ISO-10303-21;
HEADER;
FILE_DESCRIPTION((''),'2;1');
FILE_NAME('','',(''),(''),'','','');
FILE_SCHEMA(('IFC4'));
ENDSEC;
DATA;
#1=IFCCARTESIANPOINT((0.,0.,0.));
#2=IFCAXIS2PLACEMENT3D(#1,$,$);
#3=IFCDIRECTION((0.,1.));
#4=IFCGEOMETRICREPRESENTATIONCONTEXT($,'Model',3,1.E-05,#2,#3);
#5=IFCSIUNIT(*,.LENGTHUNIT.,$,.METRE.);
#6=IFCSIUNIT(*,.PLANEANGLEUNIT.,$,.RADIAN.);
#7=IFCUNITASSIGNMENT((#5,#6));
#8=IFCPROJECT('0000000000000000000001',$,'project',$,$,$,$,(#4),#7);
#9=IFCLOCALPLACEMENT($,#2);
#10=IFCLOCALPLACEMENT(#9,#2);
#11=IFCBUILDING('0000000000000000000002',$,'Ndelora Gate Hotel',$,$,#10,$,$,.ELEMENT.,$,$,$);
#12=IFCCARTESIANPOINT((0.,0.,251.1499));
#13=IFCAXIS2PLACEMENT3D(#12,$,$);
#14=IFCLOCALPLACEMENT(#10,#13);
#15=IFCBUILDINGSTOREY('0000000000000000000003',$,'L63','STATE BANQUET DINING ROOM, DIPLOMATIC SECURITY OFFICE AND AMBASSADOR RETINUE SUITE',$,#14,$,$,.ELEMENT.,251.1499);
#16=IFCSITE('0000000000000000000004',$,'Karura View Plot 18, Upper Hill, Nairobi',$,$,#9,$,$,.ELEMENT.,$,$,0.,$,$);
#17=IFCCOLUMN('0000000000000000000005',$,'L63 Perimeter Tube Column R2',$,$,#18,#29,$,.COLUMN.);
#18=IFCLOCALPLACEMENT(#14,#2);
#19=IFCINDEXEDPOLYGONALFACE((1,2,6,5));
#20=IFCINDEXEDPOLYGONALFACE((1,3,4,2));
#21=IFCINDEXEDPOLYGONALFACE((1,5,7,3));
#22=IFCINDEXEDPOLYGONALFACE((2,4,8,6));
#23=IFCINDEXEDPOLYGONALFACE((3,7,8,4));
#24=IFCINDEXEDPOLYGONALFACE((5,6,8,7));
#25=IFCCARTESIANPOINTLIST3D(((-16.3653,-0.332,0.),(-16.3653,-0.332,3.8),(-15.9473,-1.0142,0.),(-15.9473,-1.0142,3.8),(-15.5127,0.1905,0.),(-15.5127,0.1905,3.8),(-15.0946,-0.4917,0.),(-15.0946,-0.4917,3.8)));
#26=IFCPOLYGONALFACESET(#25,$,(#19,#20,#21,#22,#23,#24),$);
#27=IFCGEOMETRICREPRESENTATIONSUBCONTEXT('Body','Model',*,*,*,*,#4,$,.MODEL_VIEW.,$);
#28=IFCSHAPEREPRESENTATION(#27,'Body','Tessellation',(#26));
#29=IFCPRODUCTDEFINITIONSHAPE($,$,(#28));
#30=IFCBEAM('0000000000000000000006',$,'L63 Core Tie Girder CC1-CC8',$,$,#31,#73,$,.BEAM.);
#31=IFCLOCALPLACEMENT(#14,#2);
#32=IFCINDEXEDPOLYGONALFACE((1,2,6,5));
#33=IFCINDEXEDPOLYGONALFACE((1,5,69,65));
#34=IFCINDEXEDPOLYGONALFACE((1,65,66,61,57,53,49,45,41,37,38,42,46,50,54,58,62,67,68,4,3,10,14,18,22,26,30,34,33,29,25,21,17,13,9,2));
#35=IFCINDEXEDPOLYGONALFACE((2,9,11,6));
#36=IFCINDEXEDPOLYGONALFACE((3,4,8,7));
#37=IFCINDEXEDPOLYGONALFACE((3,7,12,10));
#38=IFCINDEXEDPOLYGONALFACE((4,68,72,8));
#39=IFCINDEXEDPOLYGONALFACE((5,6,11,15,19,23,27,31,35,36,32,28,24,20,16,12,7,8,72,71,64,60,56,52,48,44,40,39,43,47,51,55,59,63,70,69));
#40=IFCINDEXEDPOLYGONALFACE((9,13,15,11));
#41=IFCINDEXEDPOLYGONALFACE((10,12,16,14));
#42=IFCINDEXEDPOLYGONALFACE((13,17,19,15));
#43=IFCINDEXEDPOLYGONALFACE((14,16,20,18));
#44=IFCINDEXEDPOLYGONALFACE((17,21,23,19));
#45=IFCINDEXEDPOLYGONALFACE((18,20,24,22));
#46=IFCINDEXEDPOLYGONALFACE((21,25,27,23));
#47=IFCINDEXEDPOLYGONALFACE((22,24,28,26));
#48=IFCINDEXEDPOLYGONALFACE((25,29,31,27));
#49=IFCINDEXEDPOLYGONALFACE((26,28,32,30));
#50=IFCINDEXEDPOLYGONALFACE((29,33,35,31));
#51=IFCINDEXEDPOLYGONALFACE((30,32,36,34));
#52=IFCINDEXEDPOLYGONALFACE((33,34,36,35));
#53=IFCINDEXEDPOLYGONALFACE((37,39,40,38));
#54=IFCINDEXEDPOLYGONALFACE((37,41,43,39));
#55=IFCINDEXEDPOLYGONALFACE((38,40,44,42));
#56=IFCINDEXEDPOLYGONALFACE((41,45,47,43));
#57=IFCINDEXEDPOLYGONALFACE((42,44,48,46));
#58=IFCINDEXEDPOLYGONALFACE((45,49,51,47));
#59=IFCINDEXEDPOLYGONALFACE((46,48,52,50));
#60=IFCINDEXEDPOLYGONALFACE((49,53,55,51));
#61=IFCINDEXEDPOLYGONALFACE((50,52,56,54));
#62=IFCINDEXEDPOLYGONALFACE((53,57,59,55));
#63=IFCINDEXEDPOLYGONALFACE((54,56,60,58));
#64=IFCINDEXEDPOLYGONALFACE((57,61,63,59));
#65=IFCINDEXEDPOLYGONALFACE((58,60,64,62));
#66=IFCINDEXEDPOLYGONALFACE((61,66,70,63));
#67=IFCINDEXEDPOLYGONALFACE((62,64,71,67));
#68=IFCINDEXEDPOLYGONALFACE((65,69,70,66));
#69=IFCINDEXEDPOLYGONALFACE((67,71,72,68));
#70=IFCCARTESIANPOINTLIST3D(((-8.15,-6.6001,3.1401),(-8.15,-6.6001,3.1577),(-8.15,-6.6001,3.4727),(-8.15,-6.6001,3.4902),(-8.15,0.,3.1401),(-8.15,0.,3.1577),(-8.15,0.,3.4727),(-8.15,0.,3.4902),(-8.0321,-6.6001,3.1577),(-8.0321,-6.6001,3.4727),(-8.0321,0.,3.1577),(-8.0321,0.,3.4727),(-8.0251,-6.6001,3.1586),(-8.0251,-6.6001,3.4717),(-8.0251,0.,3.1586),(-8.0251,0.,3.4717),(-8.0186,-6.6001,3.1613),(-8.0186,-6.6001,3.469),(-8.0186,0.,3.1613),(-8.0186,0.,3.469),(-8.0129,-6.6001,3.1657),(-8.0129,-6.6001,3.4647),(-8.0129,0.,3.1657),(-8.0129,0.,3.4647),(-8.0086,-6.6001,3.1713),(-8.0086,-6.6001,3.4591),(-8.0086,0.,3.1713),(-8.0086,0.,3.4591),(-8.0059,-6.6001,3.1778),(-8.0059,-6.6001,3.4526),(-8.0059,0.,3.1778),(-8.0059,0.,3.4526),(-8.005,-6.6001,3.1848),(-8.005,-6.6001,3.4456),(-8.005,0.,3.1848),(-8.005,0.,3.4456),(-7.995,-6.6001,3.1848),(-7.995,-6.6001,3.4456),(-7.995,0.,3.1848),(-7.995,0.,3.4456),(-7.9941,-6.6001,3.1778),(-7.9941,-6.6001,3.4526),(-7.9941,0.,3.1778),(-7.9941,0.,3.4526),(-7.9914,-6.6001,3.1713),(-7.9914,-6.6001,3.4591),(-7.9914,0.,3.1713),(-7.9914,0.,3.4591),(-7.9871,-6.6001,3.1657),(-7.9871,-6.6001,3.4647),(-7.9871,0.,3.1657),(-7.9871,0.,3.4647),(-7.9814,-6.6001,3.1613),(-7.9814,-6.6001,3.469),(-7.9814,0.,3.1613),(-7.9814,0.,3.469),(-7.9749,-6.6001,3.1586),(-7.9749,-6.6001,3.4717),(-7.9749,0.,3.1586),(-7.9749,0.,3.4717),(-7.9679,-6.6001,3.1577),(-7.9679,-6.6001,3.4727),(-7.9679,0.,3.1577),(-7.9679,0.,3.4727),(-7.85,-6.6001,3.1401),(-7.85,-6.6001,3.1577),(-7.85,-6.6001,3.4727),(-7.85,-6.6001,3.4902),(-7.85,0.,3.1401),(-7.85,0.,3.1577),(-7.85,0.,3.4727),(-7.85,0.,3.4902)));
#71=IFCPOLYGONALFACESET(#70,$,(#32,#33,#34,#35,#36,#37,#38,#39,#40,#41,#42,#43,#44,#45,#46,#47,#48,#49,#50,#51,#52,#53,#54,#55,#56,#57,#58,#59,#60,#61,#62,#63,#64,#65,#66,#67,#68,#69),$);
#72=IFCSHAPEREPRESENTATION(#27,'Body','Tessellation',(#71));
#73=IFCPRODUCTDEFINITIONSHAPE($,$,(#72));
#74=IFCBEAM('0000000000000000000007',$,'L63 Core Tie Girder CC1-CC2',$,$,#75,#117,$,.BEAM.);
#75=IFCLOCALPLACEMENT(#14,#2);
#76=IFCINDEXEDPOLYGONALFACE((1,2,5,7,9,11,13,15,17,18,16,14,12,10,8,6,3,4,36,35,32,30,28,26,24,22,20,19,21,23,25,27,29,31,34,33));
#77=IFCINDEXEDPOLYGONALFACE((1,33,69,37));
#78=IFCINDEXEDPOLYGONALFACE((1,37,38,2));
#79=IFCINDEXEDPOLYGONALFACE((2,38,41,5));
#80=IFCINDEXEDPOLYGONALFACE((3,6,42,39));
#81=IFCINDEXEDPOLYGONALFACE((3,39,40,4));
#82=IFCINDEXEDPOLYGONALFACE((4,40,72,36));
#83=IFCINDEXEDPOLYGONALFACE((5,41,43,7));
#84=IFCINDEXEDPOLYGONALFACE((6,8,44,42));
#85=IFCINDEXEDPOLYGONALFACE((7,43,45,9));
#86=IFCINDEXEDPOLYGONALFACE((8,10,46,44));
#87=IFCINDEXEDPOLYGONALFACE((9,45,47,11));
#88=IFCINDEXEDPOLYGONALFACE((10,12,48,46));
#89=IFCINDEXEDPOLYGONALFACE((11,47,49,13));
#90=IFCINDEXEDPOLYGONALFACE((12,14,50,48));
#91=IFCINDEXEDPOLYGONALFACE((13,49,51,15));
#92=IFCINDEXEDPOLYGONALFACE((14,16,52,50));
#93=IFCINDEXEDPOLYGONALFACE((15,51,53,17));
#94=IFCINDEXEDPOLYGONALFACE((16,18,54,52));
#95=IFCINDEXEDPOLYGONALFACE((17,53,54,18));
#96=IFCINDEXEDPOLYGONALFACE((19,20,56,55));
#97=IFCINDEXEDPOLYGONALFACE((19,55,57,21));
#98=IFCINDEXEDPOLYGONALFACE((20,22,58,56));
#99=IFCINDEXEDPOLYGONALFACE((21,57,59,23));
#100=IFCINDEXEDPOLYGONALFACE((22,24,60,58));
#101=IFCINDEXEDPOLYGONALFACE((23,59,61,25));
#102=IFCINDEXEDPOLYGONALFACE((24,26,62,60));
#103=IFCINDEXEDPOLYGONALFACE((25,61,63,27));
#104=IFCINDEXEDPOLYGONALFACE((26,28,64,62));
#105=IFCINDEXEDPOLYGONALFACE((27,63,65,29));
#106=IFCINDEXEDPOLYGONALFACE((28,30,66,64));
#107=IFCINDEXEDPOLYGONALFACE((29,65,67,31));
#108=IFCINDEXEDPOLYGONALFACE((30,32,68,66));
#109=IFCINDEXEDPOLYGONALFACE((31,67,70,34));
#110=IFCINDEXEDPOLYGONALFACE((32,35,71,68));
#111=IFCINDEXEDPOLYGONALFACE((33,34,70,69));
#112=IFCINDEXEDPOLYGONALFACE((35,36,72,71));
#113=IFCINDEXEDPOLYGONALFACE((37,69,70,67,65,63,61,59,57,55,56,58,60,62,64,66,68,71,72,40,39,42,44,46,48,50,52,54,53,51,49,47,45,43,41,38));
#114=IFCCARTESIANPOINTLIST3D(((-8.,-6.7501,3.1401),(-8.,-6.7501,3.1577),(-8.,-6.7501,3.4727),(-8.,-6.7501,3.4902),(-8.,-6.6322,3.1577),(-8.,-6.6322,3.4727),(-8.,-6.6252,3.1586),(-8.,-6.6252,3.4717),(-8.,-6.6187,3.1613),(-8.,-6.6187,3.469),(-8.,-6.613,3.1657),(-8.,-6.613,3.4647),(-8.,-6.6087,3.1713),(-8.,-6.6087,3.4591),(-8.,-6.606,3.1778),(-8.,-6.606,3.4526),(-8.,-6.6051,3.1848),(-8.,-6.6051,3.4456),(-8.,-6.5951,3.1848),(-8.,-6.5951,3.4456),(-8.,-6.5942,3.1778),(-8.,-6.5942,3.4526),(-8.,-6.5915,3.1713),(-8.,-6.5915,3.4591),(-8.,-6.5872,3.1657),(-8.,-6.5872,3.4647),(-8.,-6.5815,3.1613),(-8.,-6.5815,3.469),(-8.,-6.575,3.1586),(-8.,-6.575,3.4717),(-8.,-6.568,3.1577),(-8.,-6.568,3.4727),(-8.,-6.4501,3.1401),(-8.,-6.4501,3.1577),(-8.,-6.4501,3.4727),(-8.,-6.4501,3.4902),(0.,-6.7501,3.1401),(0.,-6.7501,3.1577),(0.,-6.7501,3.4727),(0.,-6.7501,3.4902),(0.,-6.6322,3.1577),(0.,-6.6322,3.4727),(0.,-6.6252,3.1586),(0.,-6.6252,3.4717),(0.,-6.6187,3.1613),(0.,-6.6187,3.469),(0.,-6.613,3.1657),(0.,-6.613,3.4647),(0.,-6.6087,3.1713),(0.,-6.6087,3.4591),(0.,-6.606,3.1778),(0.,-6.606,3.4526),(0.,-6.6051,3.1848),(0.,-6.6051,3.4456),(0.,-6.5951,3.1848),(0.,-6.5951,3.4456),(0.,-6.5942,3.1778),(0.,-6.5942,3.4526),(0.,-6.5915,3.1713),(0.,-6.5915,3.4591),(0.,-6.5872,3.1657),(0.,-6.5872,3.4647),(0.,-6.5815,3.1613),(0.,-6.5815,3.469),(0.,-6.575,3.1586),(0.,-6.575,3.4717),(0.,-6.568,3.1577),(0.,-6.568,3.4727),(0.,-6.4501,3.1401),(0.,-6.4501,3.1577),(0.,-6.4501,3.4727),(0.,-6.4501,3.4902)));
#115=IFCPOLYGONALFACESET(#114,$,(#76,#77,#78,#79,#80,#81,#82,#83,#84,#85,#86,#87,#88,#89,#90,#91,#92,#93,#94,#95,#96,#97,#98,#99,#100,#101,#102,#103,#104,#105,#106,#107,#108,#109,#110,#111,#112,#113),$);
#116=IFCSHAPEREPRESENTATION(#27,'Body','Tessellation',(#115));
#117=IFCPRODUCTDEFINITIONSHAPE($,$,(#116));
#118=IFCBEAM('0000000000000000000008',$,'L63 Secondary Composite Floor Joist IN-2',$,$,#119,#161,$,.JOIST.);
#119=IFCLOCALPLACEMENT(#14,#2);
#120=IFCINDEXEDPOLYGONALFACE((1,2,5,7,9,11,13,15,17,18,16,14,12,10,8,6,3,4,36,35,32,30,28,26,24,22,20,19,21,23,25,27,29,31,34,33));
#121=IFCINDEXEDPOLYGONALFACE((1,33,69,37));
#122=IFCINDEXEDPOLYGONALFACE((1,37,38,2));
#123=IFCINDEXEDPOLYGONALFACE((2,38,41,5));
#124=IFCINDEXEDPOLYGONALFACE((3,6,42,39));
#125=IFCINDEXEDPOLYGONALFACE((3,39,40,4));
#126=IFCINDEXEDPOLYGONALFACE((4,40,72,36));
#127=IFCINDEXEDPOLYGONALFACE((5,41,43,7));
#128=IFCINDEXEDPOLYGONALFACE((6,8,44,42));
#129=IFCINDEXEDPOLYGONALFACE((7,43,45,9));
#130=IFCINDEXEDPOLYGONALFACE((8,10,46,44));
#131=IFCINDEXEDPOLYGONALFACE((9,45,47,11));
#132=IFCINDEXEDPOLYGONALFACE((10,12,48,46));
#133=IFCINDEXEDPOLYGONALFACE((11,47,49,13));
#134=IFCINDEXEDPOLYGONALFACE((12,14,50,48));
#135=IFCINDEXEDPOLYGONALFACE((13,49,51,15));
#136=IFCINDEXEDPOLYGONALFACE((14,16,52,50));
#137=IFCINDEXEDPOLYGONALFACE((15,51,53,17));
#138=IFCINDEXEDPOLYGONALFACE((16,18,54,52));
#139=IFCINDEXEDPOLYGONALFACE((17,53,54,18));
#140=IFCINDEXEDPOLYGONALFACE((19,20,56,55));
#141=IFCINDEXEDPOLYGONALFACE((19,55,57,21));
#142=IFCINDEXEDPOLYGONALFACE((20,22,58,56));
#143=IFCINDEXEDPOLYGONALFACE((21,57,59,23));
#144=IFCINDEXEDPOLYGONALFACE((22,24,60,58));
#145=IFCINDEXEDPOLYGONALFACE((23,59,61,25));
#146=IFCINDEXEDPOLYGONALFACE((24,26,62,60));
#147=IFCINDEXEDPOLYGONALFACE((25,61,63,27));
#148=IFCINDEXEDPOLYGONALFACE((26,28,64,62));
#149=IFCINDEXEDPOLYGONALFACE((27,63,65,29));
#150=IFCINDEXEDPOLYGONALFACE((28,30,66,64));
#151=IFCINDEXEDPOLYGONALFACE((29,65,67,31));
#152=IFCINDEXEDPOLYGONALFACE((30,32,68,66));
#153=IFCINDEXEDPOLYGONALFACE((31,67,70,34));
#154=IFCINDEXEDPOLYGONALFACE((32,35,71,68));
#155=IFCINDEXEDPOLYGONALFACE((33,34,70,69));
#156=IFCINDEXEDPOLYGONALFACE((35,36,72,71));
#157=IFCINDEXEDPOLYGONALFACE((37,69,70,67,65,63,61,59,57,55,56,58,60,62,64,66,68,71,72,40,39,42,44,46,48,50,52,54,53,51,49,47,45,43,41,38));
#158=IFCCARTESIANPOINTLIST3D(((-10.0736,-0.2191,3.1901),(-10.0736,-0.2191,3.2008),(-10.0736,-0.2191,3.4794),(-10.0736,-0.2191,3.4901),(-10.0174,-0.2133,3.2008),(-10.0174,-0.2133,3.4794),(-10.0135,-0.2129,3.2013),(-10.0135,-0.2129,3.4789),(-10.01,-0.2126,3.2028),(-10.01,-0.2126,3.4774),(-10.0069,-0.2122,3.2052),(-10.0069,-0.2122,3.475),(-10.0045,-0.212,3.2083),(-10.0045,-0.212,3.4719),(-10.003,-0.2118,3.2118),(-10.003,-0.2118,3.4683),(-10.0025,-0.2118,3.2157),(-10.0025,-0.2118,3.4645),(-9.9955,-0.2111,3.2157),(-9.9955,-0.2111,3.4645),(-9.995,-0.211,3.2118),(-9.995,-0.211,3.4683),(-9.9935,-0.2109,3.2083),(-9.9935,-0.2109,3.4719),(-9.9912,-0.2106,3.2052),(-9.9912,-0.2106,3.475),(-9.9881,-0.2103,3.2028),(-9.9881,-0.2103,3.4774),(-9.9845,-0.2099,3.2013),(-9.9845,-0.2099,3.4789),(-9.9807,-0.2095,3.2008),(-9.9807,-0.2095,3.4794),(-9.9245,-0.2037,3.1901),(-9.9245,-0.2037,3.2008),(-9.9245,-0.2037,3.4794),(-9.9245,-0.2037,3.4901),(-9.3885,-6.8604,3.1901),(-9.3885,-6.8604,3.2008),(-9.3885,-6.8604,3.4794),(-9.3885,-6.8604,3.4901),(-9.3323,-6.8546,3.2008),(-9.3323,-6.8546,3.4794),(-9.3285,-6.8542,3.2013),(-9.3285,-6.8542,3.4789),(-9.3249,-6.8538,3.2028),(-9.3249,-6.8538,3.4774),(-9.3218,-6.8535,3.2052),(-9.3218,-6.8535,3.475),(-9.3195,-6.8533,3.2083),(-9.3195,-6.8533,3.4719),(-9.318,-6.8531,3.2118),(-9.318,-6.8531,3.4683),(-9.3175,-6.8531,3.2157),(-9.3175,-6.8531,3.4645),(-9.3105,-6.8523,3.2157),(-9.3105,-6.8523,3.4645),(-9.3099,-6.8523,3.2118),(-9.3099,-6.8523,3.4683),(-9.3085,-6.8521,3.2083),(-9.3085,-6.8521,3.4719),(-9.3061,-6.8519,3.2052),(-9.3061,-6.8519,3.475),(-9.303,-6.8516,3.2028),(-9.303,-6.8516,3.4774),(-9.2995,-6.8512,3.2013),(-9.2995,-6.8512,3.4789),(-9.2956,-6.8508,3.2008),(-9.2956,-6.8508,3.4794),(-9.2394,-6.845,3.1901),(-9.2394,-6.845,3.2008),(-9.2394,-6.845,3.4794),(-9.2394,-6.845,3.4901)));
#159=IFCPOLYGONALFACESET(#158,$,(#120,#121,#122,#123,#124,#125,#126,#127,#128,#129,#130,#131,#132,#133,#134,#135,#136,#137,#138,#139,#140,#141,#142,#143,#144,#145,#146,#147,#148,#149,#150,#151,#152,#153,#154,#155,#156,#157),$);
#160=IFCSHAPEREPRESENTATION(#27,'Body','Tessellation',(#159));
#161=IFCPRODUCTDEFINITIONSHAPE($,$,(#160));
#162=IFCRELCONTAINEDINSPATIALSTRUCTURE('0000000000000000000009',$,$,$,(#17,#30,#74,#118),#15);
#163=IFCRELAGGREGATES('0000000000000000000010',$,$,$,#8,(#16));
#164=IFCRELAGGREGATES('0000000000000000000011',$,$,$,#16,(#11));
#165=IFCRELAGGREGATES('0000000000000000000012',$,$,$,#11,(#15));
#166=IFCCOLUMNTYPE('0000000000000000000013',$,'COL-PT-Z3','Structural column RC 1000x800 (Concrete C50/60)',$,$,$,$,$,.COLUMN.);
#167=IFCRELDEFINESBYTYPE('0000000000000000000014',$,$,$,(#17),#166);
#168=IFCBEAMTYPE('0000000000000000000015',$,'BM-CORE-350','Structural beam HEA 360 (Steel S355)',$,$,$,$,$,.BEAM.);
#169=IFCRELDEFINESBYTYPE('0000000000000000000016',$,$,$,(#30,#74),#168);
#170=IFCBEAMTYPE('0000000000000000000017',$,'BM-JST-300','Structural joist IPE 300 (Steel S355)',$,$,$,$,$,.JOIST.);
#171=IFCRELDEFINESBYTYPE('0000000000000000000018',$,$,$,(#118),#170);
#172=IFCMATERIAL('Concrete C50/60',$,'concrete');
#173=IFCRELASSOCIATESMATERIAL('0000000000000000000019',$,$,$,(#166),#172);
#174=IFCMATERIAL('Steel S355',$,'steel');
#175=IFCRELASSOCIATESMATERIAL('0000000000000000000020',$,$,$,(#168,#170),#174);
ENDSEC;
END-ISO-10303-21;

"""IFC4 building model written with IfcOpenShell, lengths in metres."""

from ifc_helpers import new_model, si_unit, direction, frame, origin, origin_2d, place, context, subcontext, project, spatial, rectangle, i_section, extrude, material, material_profile, profile_set, type_object, element, save


model = new_model("IFC4")

# Units and contexts
model_context = context("Model", 3, precision=1e-05, world=origin(), true_north=direction((0.0, 1.0)))
body_context = subcontext(model_context, "Body", "Model", "MODEL_VIEW")
ifc_project = project(units=[si_unit("LENGTHUNIT", "METRE"), si_unit("PLANEANGLEUNIT", "RADIAN")], contexts=[model_context])

# Site, building, storey
site_placement = place(None, origin())
site = spatial("IfcSite", under=ifc_project, at=site_placement, Name="Karura View Plot 18, Upper Hill, Nairobi", CompositionType="ELEMENT", RefElevation=0.0)
building_placement = place(site_placement, origin())
building = spatial("IfcBuilding", under=site, at=building_placement, Name="Ndelora Gate Hotel", CompositionType="ELEMENT")
storey_placement = place(building_placement, frame((0.0, 0.0, 251.1499)))
storey = spatial("IfcBuildingStorey", under=building, at=storey_placement, Name="L63", Description="STATE BANQUET DINING ROOM, DIPLOMATIC SECURITY OFFICE AND AMBASSADOR RETINUE SUITE", CompositionType="ELEMENT", Elevation=251.1499)

# Column
ifc_material_1 = material(Name="Concrete C50/60", Category="concrete")
ifc_material_profile_1 = material_profile(ifc_material_1, rectangle(XDim=0.8, YDim=1.0, at=origin_2d()), Name="RC 1000x800")
ifc_profile_set_1 = profile_set([ifc_material_profile_1], Name="Concrete C50/60")
column_type = type_object("IfcColumnType", Name="COL-PT-Z3", Description="Structural column RC 1000x800 (Concrete C50/60)", PredefinedType="COLUMN", material=ifc_profile_set_1)
column_placement = place(storey_placement, frame((-15.73, -0.4119, 0.0), z_axis=(0.0, 0.0, 1.0), x_axis=(-0.522499, 0.85264, 0.0)))
element("IfcColumn", 1, at=column_placement, inside=storey, type_object=column_type, Name="L63 Perimeter Tube Column R2", PredefinedType="COLUMN", context=body_context, shape_type="SweptSolid", body=[
    extrude(rectangle(XDim=0.8, YDim=1.0, at=origin_2d()), origin(), (0.0, 0.0, 1.0), 3.8),
])

# Beams
ifc_material_2 = material(Name="Steel S355", Category="steel")
ifc_material_profile_2 = material_profile(ifc_material_2, i_section(OverallWidth=0.3, OverallDepth=0.3501, WebThickness=0.01, FlangeThickness=0.0176, FilletRadius=0.0271, at=origin_2d()), Name="HEA 360")
ifc_profile_set_2 = profile_set([ifc_material_profile_2], Name="Steel S355")
beam_type_1 = type_object("IfcBeamType", Name="BM-CORE-350", Description="Structural beam HEA 360 (Steel S355)", PredefinedType="BEAM", material=ifc_profile_set_2)
beam_1_placement = place(storey_placement, frame((-8.0, -6.6001, 3.3152), z_axis=(0.0, 1.0, 0.0), x_axis=(-1.0, 0.0, 0.0)))
element("IfcBeam", 2, at=beam_1_placement, inside=storey, type_object=beam_type_1, Name="L63 Core Tie Girder CC1-CC8", PredefinedType="BEAM", context=body_context, shape_type="SweptSolid", body=[
    extrude(i_section(OverallWidth=0.3, OverallDepth=0.3501, WebThickness=0.01, FlangeThickness=0.0176, FilletRadius=0.0271, at=origin_2d()), origin(), (0.0, 0.0, 1.0), 6.6001),
])
beam_2_placement = place(storey_placement, frame((-8.0, -6.6001, 3.3152), z_axis=(1.0, 0.0, 0.0), x_axis=(0.0, 1.0, 0.0)))
element("IfcBeam", 3, at=beam_2_placement, inside=storey, type_object=beam_type_1, Name="L63 Core Tie Girder CC1-CC2", PredefinedType="BEAM", context=body_context, shape_type="SweptSolid", body=[
    extrude(i_section(OverallWidth=0.3, OverallDepth=0.3501, WebThickness=0.01, FlangeThickness=0.0176, FilletRadius=0.0271, at=origin_2d()), origin(), (0.0, 0.0, 1.0), 8.0),
])
ifc_material_profile_3 = material_profile(ifc_material_2, i_section(OverallWidth=0.1499, OverallDepth=0.3, WebThickness=0.0071, FlangeThickness=0.0107, FilletRadius=0.0149, at=origin_2d()), Name="IPE 300")
ifc_profile_set_3 = profile_set([ifc_material_profile_3], Name="Steel S355")
beam_type_2 = type_object("IfcBeamType", Name="BM-JST-300", Description="Structural joist IPE 300 (Steel S355)", PredefinedType="JOIST", material=ifc_profile_set_3)
beam_3_placement = place(storey_placement, frame((-9.999, -0.2114, 3.3401), z_axis=(0.102606, -0.994722, 0.0), x_axis=(0.994722, 0.102606, 0.0)))
element("IfcBeam", 4, at=beam_3_placement, inside=storey, type_object=beam_type_2, Name="L63 Secondary Composite Floor Joist IN-2", PredefinedType="JOIST", context=body_context, shape_type="SweptSolid", body=[
    extrude(i_section(OverallWidth=0.1499, OverallDepth=0.3, WebThickness=0.0071, FlangeThickness=0.0107, FilletRadius=0.0149, at=origin_2d()), origin(), (0.0, 0.0, 1.0), 6.6765),
])

save(model, "model.ifc")
